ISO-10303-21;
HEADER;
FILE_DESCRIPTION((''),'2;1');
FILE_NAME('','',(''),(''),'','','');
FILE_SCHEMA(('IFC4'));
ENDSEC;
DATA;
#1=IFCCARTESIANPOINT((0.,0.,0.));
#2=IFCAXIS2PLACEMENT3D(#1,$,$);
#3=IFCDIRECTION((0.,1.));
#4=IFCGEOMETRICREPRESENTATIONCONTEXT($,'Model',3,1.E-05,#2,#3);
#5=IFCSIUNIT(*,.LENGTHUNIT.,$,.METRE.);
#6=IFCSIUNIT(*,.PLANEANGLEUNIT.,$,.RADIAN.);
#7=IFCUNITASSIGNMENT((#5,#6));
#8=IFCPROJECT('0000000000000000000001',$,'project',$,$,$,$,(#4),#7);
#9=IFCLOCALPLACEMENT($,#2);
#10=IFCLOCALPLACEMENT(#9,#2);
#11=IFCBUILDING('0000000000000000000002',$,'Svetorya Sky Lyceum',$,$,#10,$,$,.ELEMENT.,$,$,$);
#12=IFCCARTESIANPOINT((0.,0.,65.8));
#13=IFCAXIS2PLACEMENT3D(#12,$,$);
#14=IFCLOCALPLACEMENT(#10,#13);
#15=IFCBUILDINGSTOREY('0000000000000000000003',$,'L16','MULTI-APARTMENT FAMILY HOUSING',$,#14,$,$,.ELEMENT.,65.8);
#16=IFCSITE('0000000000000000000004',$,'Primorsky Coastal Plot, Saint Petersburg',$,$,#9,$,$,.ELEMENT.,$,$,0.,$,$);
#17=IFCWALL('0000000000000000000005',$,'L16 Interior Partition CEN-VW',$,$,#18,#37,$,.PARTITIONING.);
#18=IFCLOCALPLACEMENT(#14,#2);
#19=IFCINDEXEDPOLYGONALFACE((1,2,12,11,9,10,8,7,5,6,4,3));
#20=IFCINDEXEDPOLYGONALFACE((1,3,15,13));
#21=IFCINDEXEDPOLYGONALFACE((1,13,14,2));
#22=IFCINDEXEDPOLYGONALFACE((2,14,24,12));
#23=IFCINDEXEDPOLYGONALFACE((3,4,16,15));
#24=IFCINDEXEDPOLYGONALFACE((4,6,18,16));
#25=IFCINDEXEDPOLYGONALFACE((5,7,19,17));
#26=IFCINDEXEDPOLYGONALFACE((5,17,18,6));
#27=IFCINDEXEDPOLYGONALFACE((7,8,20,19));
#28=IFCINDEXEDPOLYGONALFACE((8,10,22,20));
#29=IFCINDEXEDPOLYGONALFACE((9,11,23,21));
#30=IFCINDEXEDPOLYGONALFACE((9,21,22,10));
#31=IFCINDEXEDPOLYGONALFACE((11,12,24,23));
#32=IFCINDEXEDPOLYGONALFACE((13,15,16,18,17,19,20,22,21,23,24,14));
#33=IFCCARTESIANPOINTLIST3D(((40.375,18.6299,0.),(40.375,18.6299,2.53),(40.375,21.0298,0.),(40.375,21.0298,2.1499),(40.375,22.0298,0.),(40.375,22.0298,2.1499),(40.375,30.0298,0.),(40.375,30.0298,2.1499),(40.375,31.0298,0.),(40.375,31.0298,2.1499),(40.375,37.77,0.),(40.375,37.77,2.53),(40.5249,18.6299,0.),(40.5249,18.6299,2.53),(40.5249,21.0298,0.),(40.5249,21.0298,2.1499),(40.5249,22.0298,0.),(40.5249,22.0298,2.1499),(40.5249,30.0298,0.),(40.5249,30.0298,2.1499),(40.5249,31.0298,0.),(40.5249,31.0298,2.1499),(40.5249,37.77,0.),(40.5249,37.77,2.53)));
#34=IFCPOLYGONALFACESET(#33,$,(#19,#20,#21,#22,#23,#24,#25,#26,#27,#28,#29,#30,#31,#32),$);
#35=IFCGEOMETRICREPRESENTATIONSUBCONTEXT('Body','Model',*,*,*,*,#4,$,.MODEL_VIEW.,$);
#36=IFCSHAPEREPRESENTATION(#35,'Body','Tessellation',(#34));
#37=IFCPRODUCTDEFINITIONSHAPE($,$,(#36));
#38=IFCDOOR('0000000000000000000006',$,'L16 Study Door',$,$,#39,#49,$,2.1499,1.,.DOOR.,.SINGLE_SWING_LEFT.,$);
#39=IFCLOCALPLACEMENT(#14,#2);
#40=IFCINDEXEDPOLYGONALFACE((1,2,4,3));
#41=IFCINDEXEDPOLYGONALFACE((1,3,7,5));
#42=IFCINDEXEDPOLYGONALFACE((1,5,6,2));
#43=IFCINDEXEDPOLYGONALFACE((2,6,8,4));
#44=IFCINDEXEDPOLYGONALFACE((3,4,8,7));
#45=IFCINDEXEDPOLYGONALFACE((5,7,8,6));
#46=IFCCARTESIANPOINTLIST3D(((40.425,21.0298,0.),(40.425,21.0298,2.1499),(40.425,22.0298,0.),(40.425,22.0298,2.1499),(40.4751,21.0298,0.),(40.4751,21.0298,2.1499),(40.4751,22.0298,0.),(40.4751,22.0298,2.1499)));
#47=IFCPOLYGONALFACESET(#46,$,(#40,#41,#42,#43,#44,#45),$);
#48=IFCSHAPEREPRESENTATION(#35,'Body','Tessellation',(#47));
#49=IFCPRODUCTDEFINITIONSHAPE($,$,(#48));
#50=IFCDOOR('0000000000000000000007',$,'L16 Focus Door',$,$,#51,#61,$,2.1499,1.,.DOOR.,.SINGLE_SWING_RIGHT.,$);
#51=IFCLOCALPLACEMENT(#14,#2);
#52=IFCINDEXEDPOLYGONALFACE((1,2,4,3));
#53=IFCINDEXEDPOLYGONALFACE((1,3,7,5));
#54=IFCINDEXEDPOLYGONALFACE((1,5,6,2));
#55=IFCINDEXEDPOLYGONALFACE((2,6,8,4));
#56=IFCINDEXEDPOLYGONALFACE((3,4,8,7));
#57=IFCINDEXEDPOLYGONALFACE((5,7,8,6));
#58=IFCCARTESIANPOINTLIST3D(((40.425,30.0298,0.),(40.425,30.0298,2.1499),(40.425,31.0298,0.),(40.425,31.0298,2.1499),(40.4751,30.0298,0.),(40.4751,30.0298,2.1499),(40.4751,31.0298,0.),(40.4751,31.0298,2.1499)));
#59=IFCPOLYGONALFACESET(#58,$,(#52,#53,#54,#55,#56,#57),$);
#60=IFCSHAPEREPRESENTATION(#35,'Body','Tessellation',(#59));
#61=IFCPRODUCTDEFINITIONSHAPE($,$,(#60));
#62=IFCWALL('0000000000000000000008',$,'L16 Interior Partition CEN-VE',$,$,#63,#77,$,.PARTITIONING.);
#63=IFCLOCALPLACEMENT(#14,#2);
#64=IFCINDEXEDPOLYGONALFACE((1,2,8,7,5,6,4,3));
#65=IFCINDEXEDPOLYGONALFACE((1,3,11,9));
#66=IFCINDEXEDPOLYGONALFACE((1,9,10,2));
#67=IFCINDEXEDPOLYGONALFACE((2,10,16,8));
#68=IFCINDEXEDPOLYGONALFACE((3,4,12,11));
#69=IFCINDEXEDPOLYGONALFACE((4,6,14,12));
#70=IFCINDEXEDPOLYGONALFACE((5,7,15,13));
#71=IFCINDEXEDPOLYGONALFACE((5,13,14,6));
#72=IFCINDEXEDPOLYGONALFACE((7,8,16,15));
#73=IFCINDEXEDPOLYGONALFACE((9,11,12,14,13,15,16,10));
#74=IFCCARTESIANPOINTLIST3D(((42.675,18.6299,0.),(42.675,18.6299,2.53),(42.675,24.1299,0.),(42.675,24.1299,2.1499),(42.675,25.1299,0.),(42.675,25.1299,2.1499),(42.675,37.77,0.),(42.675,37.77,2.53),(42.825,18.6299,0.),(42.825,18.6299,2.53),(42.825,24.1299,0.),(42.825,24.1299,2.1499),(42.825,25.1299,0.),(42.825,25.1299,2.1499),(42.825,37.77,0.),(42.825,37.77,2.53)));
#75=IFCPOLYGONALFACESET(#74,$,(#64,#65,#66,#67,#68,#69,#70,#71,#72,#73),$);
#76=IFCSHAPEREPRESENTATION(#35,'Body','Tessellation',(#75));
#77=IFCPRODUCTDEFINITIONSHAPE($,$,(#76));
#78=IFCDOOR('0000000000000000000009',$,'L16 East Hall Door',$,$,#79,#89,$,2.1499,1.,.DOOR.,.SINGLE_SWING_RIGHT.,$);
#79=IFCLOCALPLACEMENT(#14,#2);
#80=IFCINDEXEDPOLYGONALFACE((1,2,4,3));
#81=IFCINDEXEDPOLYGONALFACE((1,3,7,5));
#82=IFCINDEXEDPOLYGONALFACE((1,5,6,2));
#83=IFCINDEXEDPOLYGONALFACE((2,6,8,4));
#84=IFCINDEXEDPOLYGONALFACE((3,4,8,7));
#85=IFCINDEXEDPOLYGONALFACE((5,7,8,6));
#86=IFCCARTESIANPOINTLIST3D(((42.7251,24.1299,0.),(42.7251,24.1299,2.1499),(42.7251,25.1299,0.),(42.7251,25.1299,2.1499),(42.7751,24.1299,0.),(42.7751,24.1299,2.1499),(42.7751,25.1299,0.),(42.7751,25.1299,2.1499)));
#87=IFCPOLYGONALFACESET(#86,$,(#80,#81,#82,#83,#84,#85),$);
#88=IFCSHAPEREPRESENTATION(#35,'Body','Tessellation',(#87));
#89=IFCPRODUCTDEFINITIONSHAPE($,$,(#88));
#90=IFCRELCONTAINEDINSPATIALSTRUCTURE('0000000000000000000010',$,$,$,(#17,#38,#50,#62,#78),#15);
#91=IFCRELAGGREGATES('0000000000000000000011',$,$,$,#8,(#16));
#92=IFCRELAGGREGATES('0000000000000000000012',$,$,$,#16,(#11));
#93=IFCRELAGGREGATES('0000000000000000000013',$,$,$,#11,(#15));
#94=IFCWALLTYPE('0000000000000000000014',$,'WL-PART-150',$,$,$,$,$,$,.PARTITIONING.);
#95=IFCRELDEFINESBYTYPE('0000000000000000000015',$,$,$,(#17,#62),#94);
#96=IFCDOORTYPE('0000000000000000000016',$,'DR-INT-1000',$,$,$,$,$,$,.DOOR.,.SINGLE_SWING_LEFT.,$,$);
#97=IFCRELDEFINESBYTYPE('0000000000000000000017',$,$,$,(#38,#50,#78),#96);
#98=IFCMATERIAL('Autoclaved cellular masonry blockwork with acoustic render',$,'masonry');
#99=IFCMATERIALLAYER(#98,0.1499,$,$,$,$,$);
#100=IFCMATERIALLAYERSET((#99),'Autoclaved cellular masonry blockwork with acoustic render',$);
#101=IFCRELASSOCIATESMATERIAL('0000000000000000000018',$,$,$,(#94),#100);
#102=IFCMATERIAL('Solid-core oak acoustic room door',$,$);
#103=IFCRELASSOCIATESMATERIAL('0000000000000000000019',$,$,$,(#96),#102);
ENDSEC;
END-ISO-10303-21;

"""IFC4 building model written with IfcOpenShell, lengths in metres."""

from ifc_helpers import new_model, si_unit, direction, frame, frame_2d, origin, place, context, subcontext, project, spatial, rectangle, extrude, material, layer, layer_set, type_object, element, fill, save


model = new_model("IFC4")

# Units and contexts
model_context = context("Model", 3, precision=1e-05, world=origin(), true_north=direction((0.0, 1.0)))
body_context = subcontext(model_context, "Body", "Model", "MODEL_VIEW")
ifc_project = project(units=[si_unit("LENGTHUNIT", "METRE"), si_unit("PLANEANGLEUNIT", "RADIAN")], contexts=[model_context])

# Site, building, storey
site_placement = place(None, origin())
site = spatial("IfcSite", under=ifc_project, at=site_placement, Name="Primorsky Coastal Plot, Saint Petersburg", CompositionType="ELEMENT", RefElevation=0.0)
building_placement = place(site_placement, origin())
building = spatial("IfcBuilding", under=site, at=building_placement, Name="Svetorya Sky Lyceum", CompositionType="ELEMENT")
storey_placement = place(building_placement, frame((0.0, 0.0, 65.8)))
storey = spatial("IfcBuildingStorey", under=building, at=storey_placement, Name="L16", Description="MULTI-APARTMENT FAMILY HOUSING", CompositionType="ELEMENT", Elevation=65.8)

# Shared definitions
ifc_material_1 = material(Name="Autoclaved cellular masonry blockwork with acoustic render", Category="masonry")
ifc_layer_1 = layer(ifc_material_1, 0.1499)
ifc_layer_set_1 = layer_set([ifc_layer_1], Name="Autoclaved cellular masonry blockwork with acoustic render")
wall_type_1 = type_object("IfcWallType", Name="WL-PART-150", PredefinedType="PARTITIONING", material=ifc_layer_set_1)

# Wall, openings, doors
wall_1_placement = place(storey_placement, frame((40.45, 18.6299, 0.0), z_axis=(0.0, 0.0, 1.0), x_axis=(0.0, 1.0, 0.0)))
wall_1 = element("IfcWall", 1, at=wall_1_placement, inside=storey, type_object=wall_type_1, Name="L16 Interior Partition CEN-VW", PredefinedType="PARTITIONING", context=body_context, shape_type="SweptSolid", body=[
    extrude(rectangle(XDim=19.1401, YDim=0.1499, at=frame_2d((9.5701, 0.0))), origin(), (0.0, 0.0, 1.0), 2.53),
])
opening_1_placement = place(wall_1_placement, frame((2.3999, 0.0, 0.0)))
opening_1 = element("IfcOpeningElement", 2, at=opening_1_placement, cuts=wall_1, PredefinedType="OPENING", context=body_context, shape_type="SweptSolid", body=[
    extrude(rectangle(XDim=1.0, YDim=2.1499, at=frame_2d((0.5, 1.075))), frame((0.0, 0.085, 0.0), z_axis=(0.0, -1.0, 0.0), x_axis=(1.0, 0.0, 0.0)), (0.0, 0.0, 1.0), 0.1699),
])
opening_2_placement = place(wall_1_placement, frame((11.3999, 0.0, 0.0)))
opening_2 = element("IfcOpeningElement", 3, at=opening_2_placement, cuts=wall_1, PredefinedType="OPENING", context=body_context, shape_type="SweptSolid", body=[
    extrude(rectangle(XDim=1.0, YDim=2.1499, at=frame_2d((0.5, 1.075))), frame((0.0, 0.085, 0.0), z_axis=(0.0, -1.0, 0.0), x_axis=(1.0, 0.0, 0.0)), (0.0, 0.0, 1.0), 0.1699),
])
ifc_material_2 = material(Name="Solid-core oak acoustic room door")
door_type_1 = type_object("IfcDoorType", Name="DR-INT-1000", OperationType="SINGLE_SWING_LEFT", PredefinedType="DOOR", material=ifc_material_2)
door_1_placement = place(opening_1_placement, origin())
door_1 = element("IfcDoor", 4, at=door_1_placement, inside=storey, type_object=door_type_1, Name="L16 Study Door", OperationType="SINGLE_SWING_LEFT", OverallHeight=2.1499, OverallWidth=1.0, PredefinedType="DOOR", context=body_context, shape_type="SweptSolid", body=[
    extrude(rectangle(XDim=1.0, YDim=2.1499, at=frame_2d((0.5, 1.075))), frame((0.0, 0.0249, 0.0), z_axis=(0.0, -1.0, 0.0), x_axis=(1.0, 0.0, 0.0)), (0.0, 0.0, 1.0), 0.05),
])
fill(opening_1, door_1)
door_2_placement = place(opening_2_placement, origin())
door_2 = element("IfcDoor", 5, at=door_2_placement, inside=storey, type_object=door_type_1, Name="L16 Focus Door", OperationType="SINGLE_SWING_RIGHT", OverallHeight=2.1499, OverallWidth=1.0, PredefinedType="DOOR", context=body_context, shape_type="SweptSolid", body=[
    extrude(rectangle(XDim=1.0, YDim=2.1499, at=frame_2d((0.5, 1.075))), frame((0.0, 0.0249, 0.0), z_axis=(0.0, -1.0, 0.0), x_axis=(1.0, 0.0, 0.0)), (0.0, 0.0, 1.0), 0.05),
])
fill(opening_2, door_2)

# Wall, opening, door
wall_2_placement = place(storey_placement, frame((42.75, 18.6299, 0.0), z_axis=(0.0, 0.0, 1.0), x_axis=(0.0, 1.0, 0.0)))
wall_2 = element("IfcWall", 6, at=wall_2_placement, inside=storey, type_object=wall_type_1, Name="L16 Interior Partition CEN-VE", PredefinedType="PARTITIONING", context=body_context, shape_type="SweptSolid", body=[
    extrude(rectangle(XDim=19.1401, YDim=0.1499, at=frame_2d((9.5701, 0.0))), origin(), (0.0, 0.0, 1.0), 2.53),
])
opening_3_placement = place(wall_2_placement, frame((5.5, 0.0, 0.0)))
opening_3 = element("IfcOpeningElement", 7, at=opening_3_placement, cuts=wall_2, PredefinedType="OPENING", context=body_context, shape_type="SweptSolid", body=[
    extrude(rectangle(XDim=1.0, YDim=2.1499, at=frame_2d((0.5, 1.075))), frame((0.0, 0.085, 0.0), z_axis=(0.0, -1.0, 0.0), x_axis=(1.0, 0.0, 0.0)), (0.0, 0.0, 1.0), 0.1699),
])
door_3_placement = place(opening_3_placement, origin())
door_3 = element("IfcDoor", 8, at=door_3_placement, inside=storey, type_object=door_type_1, Name="L16 East Hall Door", OperationType="SINGLE_SWING_RIGHT", OverallHeight=2.1499, OverallWidth=1.0, PredefinedType="DOOR", context=body_context, shape_type="SweptSolid", body=[
    extrude(rectangle(XDim=1.0, YDim=2.1499, at=frame_2d((0.5, 1.075))), frame((0.0, 0.0249, 0.0), z_axis=(0.0, -1.0, 0.0), x_axis=(1.0, 0.0, 0.0)), (0.0, 0.0, 1.0), 0.05),
])
fill(opening_3, door_3)

save(model, "model.ifc")
